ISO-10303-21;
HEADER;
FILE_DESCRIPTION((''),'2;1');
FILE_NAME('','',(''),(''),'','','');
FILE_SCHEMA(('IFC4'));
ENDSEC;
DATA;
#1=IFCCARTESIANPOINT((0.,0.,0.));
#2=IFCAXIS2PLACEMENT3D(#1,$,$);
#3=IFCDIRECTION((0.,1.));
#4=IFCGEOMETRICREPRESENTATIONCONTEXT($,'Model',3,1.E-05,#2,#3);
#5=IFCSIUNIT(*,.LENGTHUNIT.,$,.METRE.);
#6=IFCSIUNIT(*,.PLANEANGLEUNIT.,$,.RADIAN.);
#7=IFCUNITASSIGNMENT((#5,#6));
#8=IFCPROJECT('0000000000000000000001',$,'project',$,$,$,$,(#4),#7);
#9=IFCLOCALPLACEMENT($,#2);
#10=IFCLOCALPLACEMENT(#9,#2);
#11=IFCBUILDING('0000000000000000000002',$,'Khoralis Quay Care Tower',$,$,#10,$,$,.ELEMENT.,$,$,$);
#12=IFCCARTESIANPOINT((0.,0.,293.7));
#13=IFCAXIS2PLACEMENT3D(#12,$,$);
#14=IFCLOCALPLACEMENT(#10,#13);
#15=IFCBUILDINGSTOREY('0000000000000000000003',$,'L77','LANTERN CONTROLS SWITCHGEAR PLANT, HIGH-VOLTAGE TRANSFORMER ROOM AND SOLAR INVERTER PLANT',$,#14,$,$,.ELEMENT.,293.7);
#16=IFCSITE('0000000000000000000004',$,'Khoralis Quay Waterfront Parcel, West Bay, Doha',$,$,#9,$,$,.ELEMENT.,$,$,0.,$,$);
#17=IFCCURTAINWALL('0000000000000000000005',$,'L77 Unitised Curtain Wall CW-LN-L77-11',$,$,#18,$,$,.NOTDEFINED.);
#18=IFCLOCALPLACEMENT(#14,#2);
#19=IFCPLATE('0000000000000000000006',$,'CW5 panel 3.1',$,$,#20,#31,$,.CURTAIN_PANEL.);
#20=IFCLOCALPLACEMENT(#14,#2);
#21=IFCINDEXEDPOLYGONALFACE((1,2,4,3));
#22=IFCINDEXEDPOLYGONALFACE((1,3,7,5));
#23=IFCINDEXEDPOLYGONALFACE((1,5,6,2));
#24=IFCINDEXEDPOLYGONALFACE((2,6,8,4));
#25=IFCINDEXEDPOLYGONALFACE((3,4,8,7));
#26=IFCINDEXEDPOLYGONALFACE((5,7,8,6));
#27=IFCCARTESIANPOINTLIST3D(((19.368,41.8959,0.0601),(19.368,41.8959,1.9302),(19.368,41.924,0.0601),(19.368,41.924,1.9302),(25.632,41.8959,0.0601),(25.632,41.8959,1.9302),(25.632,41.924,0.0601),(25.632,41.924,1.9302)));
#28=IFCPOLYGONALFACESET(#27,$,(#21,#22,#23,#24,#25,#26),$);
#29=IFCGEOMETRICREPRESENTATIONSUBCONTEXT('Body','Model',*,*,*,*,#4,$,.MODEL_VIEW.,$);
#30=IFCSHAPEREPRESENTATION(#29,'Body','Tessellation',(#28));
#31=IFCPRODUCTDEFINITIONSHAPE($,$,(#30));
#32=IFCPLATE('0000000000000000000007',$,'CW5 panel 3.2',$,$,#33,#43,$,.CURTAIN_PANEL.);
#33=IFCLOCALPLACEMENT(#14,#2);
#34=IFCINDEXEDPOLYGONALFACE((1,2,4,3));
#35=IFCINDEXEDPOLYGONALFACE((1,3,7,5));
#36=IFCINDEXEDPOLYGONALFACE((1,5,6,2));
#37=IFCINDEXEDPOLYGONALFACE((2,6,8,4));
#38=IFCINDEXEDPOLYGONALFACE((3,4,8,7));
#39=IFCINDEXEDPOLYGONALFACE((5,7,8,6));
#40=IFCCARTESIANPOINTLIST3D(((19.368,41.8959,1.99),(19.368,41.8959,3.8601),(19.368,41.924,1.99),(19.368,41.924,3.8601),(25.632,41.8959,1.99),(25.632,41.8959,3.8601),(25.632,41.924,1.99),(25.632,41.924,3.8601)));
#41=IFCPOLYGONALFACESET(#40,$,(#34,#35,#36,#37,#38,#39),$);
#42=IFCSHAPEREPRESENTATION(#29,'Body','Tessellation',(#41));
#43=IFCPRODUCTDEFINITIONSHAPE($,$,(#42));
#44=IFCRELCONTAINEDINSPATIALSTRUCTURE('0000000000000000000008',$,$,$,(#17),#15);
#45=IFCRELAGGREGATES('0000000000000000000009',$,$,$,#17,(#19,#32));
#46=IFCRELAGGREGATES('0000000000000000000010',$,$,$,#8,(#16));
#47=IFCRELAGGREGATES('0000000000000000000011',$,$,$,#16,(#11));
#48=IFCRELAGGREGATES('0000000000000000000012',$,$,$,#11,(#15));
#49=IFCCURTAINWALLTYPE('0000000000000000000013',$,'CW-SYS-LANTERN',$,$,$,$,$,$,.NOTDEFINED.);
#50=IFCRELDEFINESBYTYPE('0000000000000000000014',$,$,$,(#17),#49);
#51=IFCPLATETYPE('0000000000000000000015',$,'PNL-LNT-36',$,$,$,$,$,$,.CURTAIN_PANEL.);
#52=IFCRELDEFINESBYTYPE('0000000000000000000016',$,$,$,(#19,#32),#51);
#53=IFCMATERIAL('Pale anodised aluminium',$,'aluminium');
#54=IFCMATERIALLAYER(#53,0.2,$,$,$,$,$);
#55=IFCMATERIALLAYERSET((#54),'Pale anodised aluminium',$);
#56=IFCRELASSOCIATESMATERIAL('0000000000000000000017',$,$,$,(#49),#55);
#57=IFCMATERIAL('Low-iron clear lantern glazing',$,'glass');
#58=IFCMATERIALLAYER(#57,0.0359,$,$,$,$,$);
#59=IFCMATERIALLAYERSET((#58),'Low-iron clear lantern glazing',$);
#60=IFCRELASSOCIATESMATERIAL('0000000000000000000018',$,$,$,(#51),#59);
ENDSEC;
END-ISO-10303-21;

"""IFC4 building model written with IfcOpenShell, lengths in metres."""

from ifc_helpers import new_model, si_unit, direction, frame, origin, origin_2d, place, context, subcontext, project, spatial, rectangle, extrude, source, transform, mapped, material, layer, layer_set, type_object, element, aggregate, save


model = new_model("IFC4")

# Units and contexts
model_context = context("Model", 3, precision=1e-05, world=origin(), true_north=direction((0.0, 1.0)))
body_context = subcontext(model_context, "Body", "Model", "MODEL_VIEW")
ifc_project = project(units=[si_unit("LENGTHUNIT", "METRE"), si_unit("PLANEANGLEUNIT", "RADIAN")], contexts=[model_context])

# Site, building, storey
site_placement = place(None, origin())
site = spatial("IfcSite", under=ifc_project, at=site_placement, Name="Khoralis Quay Waterfront Parcel, West Bay, Doha", CompositionType="ELEMENT", RefElevation=0.0)
building_placement = place(site_placement, origin())
building = spatial("IfcBuilding", under=site, at=building_placement, Name="Khoralis Quay Care Tower", CompositionType="ELEMENT")
storey_placement = place(building_placement, frame((0.0, 0.0, 293.7)))
storey = spatial("IfcBuildingStorey", under=building, at=storey_placement, Name="L77", Description="LANTERN CONTROLS SWITCHGEAR PLANT, HIGH-VOLTAGE TRANSFORMER ROOM AND SOLAR INVERTER PLANT", CompositionType="ELEMENT", Elevation=293.7)

# Curtain wall
ifc_material_1 = material(Name="Pale anodised aluminium", Category="aluminium")
ifc_layer_1 = layer(ifc_material_1, 0.2)
ifc_layer_set_1 = layer_set([ifc_layer_1], Name="Pale anodised aluminium")
curtain_wall_type = type_object("IfcCurtainWallType", Name="CW-SYS-LANTERN", PredefinedType="NOTDEFINED", material=ifc_layer_set_1)
curtain_wall_placement = place(storey_placement, origin())
curtain_wall = element("IfcCurtainWall", 1, at=curtain_wall_placement, inside=storey, type_object=curtain_wall_type, Name="L77 Unitised Curtain Wall CW-LN-L77-11", PredefinedType="NOTDEFINED")

# Plates
ifc_material_2 = material(Name="Low-iron clear lantern glazing", Category="glass")
ifc_layer_2 = layer(ifc_material_2, 0.0359)
ifc_layer_set_2 = layer_set([ifc_layer_2], Name="Low-iron clear lantern glazing")
plate_type_1 = type_object("IfcPlateType", Name="PNL-LNT-36", PredefinedType="CURTAIN_PANEL", material=ifc_layer_set_2)
shared_shape_1 = source(origin(), body_context, "Body", "SweptSolid", [
    extrude(rectangle(XDim=6.2639, YDim=0.0281, at=origin_2d()), origin(), (0.0, 0.0, 1.0), 1.8701),
])
plate_1_placement = place(storey_placement, frame((22.5, 41.9099, 0.0601), z_axis=(0.0, 0.0, 1.0), x_axis=(-1.0, 0.0, 0.0)))
plate_1 = element("IfcPlate", 2, at=plate_1_placement, type_object=plate_type_1, Name="CW5 panel 3.1", PredefinedType="CURTAIN_PANEL", context=body_context, shape_type="MappedRepresentation", body=[
    mapped(shared_shape_1, transform((0.0, 0.0, 0.0), scale=1.0)),
])
plate_2_placement = place(storey_placement, frame((22.5, 41.9099, 1.99), z_axis=(0.0, 0.0, 1.0), x_axis=(-1.0, 0.0, 0.0)))
plate_2 = element("IfcPlate", 3, at=plate_2_placement, type_object=plate_type_1, Name="CW5 panel 3.2", PredefinedType="CURTAIN_PANEL", context=body_context, shape_type="MappedRepresentation", body=[
    mapped(shared_shape_1, transform((0.0, 0.0, 0.0), scale=1.0)),
])
aggregate(curtain_wall, [plate_1, plate_2])

save(model, "model.ifc")
